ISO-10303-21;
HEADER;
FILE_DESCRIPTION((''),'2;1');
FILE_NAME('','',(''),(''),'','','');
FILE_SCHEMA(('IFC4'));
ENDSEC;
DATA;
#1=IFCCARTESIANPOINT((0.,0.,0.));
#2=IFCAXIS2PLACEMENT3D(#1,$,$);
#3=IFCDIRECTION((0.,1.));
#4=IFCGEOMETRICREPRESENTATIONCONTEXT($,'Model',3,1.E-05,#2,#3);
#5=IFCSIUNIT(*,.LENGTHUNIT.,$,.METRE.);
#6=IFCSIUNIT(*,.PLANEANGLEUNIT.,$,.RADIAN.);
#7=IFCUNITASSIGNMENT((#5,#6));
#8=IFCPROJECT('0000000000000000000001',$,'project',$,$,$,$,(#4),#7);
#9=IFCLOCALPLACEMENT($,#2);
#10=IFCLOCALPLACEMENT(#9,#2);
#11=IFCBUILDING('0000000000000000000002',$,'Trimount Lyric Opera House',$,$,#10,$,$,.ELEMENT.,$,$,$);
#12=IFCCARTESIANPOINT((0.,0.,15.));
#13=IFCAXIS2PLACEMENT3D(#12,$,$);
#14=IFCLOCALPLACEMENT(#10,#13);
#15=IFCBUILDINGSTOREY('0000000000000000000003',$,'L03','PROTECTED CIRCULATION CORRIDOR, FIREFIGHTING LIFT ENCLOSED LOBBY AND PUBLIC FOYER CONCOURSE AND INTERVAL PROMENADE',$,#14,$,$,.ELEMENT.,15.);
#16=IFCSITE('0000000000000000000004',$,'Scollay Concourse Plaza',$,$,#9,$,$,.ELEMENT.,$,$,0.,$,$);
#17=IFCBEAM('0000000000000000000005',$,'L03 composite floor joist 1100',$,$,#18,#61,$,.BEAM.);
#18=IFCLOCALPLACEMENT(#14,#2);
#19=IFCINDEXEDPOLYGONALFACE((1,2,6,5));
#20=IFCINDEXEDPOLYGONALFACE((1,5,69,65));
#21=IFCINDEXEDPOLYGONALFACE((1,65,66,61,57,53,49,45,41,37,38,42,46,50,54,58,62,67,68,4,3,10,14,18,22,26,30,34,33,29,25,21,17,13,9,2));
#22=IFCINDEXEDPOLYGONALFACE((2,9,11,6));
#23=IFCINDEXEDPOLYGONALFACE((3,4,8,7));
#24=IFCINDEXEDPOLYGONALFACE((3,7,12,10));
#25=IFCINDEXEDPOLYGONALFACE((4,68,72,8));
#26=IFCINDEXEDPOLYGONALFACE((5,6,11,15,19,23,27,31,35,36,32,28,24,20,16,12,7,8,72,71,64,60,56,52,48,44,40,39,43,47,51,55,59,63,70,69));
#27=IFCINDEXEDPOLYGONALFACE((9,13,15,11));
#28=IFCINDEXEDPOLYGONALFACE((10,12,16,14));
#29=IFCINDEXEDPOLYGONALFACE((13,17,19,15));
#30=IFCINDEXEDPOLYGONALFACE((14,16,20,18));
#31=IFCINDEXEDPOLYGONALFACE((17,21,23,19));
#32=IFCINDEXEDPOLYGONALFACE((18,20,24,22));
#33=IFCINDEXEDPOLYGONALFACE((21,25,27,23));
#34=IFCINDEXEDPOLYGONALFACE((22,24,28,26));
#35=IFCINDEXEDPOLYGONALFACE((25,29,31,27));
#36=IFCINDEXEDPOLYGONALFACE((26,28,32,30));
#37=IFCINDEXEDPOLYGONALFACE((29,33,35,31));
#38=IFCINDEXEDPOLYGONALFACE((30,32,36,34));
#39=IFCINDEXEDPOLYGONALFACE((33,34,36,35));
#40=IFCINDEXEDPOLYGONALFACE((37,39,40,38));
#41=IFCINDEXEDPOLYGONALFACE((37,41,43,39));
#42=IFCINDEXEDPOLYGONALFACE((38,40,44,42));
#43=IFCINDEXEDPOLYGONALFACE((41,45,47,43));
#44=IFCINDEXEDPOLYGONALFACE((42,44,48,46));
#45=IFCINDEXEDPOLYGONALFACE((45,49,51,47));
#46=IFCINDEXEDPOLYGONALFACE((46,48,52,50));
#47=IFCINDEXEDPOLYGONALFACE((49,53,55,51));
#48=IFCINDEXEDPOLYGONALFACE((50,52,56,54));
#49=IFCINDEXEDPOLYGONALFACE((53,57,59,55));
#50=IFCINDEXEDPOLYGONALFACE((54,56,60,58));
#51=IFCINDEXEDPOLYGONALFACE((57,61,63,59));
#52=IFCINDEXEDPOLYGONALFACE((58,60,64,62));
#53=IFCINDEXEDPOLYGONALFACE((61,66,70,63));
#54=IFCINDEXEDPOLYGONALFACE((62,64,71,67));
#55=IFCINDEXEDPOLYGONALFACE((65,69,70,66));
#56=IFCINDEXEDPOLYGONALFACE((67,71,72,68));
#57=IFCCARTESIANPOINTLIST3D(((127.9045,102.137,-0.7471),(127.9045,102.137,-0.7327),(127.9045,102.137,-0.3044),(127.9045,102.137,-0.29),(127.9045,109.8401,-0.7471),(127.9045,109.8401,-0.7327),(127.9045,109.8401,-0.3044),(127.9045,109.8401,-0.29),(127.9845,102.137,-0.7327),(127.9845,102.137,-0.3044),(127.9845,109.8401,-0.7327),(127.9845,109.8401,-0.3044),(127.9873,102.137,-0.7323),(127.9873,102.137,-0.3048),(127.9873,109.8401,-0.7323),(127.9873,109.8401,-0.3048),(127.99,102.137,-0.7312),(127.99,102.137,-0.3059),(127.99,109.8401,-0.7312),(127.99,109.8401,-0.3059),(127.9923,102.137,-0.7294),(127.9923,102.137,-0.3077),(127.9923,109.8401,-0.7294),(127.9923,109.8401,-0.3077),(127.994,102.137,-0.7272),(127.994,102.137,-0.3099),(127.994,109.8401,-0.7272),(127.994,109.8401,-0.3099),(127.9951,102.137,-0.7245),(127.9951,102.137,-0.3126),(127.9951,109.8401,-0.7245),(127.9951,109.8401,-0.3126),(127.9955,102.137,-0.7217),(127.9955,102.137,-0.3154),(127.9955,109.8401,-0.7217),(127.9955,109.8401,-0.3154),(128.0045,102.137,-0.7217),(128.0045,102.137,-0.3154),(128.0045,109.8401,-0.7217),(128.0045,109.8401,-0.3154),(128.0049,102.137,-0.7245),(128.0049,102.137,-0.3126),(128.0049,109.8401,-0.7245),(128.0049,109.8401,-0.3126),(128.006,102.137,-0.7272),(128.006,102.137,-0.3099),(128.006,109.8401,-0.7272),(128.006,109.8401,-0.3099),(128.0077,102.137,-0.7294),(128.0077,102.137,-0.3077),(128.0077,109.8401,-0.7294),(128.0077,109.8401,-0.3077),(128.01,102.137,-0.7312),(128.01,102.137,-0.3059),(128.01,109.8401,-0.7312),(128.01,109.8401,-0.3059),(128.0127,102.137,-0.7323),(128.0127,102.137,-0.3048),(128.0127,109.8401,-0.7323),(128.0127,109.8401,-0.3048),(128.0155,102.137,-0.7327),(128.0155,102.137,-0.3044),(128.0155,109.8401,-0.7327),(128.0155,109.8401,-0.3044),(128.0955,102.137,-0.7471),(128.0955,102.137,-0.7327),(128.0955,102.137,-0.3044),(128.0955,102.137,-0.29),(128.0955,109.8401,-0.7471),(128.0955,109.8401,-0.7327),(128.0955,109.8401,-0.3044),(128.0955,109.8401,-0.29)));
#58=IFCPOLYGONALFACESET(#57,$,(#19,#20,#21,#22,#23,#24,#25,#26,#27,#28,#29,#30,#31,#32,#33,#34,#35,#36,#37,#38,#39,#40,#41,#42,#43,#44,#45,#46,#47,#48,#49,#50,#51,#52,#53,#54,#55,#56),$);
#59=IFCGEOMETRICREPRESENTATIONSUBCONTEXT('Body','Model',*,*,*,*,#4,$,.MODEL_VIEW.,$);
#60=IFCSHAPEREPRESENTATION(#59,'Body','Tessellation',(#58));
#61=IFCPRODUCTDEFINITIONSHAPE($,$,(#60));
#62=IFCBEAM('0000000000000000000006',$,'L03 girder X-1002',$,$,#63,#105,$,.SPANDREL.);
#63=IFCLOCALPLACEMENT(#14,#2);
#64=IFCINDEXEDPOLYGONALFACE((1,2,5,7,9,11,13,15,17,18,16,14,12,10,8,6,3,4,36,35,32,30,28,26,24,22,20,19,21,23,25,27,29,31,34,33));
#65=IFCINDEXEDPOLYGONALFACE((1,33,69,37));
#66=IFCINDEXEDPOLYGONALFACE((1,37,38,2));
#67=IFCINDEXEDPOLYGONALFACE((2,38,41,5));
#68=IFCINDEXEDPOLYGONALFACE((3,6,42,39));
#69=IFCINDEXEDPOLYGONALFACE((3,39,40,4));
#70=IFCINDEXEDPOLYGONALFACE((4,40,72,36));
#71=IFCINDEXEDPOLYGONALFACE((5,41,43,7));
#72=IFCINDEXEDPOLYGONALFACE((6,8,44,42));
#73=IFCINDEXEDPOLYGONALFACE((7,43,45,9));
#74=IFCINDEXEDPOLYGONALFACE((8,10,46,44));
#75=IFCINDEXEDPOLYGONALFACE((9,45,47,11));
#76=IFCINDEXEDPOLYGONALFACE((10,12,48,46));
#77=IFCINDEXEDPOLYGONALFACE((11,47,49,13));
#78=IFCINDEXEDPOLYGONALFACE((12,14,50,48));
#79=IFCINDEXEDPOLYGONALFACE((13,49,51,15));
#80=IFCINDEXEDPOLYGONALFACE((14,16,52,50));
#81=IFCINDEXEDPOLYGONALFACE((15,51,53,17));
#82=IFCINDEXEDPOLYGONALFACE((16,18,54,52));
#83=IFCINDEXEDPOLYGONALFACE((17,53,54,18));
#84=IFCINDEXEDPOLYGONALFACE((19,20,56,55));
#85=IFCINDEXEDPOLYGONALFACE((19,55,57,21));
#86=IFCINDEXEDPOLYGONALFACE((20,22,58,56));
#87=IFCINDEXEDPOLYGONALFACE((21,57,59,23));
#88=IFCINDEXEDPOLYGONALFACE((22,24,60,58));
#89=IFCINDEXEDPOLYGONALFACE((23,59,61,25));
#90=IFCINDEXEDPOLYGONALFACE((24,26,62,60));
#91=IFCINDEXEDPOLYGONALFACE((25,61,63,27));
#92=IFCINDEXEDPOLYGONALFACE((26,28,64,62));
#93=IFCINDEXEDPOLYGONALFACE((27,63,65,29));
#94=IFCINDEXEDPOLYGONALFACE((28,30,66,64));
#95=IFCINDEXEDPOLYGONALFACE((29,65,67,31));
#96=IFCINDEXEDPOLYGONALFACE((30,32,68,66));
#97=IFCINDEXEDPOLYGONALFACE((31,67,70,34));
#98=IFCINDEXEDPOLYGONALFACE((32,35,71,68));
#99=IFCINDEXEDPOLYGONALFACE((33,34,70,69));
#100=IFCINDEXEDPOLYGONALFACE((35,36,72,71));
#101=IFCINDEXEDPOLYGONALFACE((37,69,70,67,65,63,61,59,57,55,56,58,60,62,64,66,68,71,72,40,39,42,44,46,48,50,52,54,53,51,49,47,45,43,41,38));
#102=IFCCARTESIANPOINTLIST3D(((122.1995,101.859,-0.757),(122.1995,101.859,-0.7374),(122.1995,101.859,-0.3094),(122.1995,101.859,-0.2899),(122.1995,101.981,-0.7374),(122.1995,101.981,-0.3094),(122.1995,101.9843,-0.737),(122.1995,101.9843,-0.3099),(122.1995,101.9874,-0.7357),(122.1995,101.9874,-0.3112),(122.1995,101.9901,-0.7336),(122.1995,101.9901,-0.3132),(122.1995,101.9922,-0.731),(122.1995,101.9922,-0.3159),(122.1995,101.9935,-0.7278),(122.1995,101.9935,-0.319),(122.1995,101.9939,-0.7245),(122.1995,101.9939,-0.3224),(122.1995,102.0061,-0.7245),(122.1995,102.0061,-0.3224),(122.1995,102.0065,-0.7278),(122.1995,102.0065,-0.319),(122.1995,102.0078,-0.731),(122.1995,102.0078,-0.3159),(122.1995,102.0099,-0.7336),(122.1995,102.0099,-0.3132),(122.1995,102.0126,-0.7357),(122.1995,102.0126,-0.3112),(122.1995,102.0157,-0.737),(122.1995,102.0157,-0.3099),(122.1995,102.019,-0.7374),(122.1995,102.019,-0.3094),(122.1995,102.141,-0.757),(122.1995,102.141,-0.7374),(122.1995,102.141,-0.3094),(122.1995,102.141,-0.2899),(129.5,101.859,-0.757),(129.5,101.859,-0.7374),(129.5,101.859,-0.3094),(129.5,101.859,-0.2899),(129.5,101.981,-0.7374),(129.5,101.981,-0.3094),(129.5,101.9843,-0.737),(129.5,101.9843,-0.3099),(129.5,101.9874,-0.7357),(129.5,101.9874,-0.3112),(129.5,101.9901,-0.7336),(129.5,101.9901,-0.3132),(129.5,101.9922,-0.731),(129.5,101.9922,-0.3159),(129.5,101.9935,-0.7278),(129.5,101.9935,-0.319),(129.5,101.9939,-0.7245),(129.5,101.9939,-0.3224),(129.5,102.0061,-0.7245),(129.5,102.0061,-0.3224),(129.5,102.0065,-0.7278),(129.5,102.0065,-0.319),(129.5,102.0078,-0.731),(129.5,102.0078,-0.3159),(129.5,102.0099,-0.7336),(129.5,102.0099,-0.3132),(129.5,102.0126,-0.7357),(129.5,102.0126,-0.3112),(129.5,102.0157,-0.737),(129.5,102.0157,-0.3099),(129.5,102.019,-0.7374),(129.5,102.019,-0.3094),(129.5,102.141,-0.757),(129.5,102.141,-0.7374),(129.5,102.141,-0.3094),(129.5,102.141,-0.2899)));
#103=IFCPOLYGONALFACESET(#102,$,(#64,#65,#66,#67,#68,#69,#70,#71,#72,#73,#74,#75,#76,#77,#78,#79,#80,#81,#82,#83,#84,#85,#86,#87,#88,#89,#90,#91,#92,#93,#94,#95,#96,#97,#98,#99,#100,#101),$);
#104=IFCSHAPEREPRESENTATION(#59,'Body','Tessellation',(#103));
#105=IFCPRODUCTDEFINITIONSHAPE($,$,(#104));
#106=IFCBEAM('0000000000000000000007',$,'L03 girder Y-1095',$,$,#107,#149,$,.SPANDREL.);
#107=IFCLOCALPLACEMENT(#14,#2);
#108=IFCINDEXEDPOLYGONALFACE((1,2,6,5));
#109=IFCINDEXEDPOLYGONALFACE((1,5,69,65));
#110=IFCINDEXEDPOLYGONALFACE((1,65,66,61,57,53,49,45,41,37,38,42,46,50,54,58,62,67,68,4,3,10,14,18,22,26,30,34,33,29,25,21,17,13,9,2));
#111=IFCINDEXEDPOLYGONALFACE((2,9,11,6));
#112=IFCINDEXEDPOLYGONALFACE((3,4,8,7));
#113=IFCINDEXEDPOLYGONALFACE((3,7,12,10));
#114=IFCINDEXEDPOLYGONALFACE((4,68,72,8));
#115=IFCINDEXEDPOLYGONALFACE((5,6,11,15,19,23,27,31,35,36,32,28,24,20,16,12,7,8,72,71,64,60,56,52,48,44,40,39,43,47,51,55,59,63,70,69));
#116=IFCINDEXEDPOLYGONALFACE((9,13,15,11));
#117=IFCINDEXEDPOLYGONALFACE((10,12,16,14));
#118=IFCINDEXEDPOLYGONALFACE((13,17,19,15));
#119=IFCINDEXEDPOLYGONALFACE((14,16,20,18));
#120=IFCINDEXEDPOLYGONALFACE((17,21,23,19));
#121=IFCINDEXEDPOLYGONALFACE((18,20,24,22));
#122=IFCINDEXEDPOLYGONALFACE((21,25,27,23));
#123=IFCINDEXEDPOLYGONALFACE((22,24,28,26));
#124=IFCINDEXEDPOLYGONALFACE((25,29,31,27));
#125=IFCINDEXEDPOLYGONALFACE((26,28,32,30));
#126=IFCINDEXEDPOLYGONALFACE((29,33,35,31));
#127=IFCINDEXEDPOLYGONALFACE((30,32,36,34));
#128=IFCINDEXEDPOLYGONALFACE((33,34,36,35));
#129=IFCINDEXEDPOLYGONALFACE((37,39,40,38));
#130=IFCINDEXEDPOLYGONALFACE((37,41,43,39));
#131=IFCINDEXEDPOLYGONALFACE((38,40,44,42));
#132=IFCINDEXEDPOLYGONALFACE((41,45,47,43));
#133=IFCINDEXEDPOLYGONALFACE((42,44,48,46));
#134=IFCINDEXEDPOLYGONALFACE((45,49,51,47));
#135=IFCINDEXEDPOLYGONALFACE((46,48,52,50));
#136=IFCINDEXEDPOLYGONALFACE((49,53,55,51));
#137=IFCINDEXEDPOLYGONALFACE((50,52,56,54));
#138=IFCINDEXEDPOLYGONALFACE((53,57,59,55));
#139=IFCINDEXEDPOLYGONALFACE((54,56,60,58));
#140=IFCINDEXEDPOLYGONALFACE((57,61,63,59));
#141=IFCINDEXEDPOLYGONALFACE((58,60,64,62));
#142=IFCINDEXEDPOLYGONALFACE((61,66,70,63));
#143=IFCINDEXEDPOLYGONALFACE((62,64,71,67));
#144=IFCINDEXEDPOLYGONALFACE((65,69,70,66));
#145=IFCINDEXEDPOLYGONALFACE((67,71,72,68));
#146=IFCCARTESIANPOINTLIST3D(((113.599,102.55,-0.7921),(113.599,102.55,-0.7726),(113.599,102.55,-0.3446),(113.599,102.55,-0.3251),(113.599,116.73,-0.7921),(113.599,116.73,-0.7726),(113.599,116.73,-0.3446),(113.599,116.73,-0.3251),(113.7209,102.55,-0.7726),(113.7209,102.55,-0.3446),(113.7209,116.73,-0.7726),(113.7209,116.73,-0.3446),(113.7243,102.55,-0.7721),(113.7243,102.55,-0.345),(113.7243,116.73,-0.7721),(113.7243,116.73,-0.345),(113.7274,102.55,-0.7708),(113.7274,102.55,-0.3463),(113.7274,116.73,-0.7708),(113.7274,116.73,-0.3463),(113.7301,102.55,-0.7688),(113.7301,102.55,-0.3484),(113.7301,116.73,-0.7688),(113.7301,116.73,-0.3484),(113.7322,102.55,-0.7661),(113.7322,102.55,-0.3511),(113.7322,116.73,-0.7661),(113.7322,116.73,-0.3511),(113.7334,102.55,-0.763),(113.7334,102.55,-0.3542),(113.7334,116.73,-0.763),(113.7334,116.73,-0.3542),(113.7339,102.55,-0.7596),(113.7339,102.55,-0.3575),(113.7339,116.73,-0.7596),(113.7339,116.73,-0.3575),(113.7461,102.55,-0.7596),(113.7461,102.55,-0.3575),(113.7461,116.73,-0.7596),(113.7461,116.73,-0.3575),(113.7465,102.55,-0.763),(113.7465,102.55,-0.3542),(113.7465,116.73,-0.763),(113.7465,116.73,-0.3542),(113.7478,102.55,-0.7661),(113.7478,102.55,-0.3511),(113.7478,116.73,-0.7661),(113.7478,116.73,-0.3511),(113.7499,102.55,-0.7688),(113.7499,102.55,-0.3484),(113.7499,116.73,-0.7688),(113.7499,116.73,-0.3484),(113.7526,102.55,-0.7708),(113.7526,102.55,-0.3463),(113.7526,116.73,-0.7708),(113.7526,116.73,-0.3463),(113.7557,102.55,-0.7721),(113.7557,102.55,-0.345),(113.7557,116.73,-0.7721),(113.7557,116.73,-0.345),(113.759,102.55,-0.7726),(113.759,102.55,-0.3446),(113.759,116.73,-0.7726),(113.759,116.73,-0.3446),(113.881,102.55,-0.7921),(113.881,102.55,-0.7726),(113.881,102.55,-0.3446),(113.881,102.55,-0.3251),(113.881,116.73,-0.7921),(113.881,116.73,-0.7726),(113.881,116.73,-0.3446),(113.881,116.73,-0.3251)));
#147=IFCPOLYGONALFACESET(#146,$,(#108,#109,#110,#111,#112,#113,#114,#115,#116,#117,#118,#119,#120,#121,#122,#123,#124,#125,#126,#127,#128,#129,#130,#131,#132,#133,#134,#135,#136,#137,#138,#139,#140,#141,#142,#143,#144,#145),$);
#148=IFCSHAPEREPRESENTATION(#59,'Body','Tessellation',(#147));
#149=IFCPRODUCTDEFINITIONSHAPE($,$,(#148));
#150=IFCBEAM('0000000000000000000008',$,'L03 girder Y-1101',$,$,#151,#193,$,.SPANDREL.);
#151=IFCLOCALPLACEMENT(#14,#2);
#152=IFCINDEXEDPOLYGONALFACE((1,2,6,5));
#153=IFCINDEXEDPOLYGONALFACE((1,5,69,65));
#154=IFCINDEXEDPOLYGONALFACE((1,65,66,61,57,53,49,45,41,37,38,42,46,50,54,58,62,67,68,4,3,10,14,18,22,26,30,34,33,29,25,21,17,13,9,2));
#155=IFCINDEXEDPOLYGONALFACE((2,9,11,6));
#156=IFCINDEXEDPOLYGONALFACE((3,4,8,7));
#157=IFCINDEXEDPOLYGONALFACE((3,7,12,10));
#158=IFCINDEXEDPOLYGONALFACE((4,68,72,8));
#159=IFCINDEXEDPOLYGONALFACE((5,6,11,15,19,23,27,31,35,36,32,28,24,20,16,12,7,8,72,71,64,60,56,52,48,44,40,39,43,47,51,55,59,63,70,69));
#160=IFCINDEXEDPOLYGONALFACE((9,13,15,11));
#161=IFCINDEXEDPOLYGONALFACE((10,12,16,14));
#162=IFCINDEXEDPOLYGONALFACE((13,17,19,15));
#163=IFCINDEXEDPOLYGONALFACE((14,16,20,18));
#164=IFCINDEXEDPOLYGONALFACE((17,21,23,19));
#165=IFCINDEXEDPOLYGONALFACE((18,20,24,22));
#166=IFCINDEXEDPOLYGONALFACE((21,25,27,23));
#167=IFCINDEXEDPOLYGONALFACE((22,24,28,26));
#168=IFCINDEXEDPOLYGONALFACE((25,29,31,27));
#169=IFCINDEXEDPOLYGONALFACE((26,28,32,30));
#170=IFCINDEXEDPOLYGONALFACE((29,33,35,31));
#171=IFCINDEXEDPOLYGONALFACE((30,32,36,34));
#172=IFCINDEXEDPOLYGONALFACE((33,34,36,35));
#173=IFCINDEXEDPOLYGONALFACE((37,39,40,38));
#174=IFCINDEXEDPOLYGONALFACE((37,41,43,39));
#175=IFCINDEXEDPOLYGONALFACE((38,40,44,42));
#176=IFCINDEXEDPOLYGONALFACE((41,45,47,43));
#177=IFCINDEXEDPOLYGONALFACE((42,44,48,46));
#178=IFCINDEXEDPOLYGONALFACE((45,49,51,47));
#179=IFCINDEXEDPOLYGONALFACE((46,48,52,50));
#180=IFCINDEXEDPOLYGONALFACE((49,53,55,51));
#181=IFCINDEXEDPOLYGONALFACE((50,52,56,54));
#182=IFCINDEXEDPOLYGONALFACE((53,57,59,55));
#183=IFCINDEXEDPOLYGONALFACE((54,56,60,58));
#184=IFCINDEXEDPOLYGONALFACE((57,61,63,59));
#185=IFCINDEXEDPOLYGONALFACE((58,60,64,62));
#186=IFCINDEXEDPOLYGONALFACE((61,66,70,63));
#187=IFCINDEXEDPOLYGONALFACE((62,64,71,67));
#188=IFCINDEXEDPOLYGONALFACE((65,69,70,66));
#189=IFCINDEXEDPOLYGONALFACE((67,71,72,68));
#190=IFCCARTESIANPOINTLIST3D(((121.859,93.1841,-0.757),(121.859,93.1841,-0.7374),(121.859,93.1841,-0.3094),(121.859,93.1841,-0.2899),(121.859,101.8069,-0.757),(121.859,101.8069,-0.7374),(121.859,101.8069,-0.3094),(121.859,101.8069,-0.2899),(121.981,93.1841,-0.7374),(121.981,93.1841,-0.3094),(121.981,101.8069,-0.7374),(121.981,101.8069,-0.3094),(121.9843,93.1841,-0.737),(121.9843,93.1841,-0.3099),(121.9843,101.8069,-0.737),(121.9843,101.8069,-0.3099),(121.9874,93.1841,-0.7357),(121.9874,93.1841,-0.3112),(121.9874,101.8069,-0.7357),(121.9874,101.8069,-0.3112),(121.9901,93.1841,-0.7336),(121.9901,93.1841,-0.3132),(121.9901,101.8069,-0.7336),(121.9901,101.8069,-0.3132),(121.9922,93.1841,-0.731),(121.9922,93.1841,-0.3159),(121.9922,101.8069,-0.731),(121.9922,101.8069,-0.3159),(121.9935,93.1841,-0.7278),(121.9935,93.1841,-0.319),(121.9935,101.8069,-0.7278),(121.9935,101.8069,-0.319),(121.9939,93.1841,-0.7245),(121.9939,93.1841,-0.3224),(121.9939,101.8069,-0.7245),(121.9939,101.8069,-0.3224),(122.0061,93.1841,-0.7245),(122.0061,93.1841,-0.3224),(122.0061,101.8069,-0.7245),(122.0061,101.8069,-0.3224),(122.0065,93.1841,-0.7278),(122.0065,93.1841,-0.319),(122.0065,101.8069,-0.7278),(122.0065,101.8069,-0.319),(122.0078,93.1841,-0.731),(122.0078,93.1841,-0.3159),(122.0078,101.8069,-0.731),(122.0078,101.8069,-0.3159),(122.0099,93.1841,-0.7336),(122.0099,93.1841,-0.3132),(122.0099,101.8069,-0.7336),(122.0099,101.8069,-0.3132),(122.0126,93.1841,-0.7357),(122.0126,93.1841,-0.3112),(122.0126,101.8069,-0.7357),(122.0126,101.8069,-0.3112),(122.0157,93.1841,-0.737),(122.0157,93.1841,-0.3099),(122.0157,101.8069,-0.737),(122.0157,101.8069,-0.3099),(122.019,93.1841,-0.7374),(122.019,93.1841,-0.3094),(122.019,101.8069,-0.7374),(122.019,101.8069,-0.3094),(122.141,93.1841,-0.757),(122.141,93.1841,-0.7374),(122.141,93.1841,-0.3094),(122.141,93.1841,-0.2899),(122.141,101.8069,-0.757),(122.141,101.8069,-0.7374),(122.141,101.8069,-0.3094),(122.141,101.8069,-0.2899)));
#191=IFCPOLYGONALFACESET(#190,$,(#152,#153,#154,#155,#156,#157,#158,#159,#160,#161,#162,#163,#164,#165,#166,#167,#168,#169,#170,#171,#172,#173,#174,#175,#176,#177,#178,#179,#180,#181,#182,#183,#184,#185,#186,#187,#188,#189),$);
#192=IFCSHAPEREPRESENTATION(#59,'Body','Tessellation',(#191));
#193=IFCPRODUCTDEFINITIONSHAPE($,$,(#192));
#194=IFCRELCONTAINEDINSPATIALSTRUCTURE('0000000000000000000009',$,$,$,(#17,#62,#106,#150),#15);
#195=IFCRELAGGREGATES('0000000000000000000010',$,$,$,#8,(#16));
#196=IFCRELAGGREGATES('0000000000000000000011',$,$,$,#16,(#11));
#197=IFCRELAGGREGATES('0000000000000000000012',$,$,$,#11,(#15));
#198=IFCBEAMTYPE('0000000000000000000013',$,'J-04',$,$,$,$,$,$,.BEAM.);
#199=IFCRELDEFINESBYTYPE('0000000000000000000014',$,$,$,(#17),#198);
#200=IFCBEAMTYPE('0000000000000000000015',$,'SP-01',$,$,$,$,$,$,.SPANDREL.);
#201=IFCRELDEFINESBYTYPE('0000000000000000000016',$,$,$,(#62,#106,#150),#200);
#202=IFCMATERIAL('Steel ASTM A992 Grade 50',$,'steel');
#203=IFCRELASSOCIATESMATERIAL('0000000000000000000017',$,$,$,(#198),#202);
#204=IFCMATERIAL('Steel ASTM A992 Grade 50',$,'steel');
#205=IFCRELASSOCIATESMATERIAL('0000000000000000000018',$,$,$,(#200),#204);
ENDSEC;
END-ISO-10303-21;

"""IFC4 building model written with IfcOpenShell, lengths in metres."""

from ifc_helpers import new_model, si_unit, direction, frame, origin, origin_2d, place, context, subcontext, project, spatial, i_section, extrude, material, material_profile, profile_set, type_object, element, save


model = new_model("IFC4")

# Units and contexts
model_context = context("Model", 3, precision=1e-05, world=origin(), true_north=direction((0.0, 1.0)))
body_context = subcontext(model_context, "Body", "Model", "MODEL_VIEW")
ifc_project = project(units=[si_unit("LENGTHUNIT", "METRE"), si_unit("PLANEANGLEUNIT", "RADIAN")], contexts=[model_context])

# Site, building, storey
site_placement = place(None, origin())
site = spatial("IfcSite", under=ifc_project, at=site_placement, Name="Scollay Concourse Plaza", CompositionType="ELEMENT", RefElevation=0.0)
building_placement = place(site_placement, origin())
building = spatial("IfcBuilding", under=site, at=building_placement, Name="Trimount Lyric Opera House", CompositionType="ELEMENT")
storey_placement = place(building_placement, frame((0.0, 0.0, 15.0)))
storey = spatial("IfcBuildingStorey", under=building, at=storey_placement, Name="L03", Description="PROTECTED CIRCULATION CORRIDOR, FIREFIGHTING LIFT ENCLOSED LOBBY AND PUBLIC FOYER CONCOURSE AND INTERVAL PROMENADE", CompositionType="ELEMENT", Elevation=15.0)

# Beams
ifc_material_1 = material(Name="Steel ASTM A992 Grade 50", Category="steel")
ifc_material_profile_1 = material_profile(ifc_material_1, i_section(OverallWidth=0.1909, OverallDepth=0.457, WebThickness=0.009, FlangeThickness=0.0144, FilletRadius=0.011, at=origin_2d()), Name="W18X50")
ifc_profile_set_1 = profile_set([ifc_material_profile_1], Name="Steel ASTM A992 Grade 50")
beam_type_1 = type_object("IfcBeamType", Name="J-04", PredefinedType="BEAM", material=ifc_profile_set_1)
beam_1_placement = place(storey_placement, frame((128.0, 102.137, -0.5186), z_axis=(0.0, 1.0, 0.0), x_axis=(-1.0, 0.0, 0.0)))
element("IfcBeam", 1, at=beam_1_placement, inside=storey, type_object=beam_type_1, Name="L03 composite floor joist 1100", PredefinedType="BEAM", context=body_context, shape_type="SweptSolid", body=[
    extrude(i_section(OverallWidth=0.1909, OverallDepth=0.457, WebThickness=0.009, FlangeThickness=0.0144, FilletRadius=0.011, at=origin_2d()), origin(), (0.0, 0.0, 1.0), 7.7031),
])
ifc_material_2 = material(Name="Steel ASTM A992 Grade 50", Category="steel")
ifc_material_profile_2 = material_profile(ifc_material_2, i_section(OverallWidth=0.282, OverallDepth=0.467, WebThickness=0.0122, FlangeThickness=0.0195, FilletRadius=0.0129, at=origin_2d()), Name="W18X86")
ifc_profile_set_2 = profile_set([ifc_material_profile_2], Name="Steel ASTM A992 Grade 50")
beam_type_2 = type_object("IfcBeamType", Name="SP-01", PredefinedType="SPANDREL", material=ifc_profile_set_2)
beam_2_placement = place(storey_placement, frame((122.1995, 102.0, -0.5234), z_axis=(1.0, 0.0, 0.0), x_axis=(0.0, 1.0, 0.0)))
element("IfcBeam", 2, at=beam_2_placement, inside=storey, type_object=beam_type_2, Name="L03 girder X-1002", PredefinedType="SPANDREL", context=body_context, shape_type="SweptSolid", body=[
    extrude(i_section(OverallWidth=0.282, OverallDepth=0.467, WebThickness=0.0122, FlangeThickness=0.0195, FilletRadius=0.0129, at=origin_2d()), origin(), (0.0, 0.0, 1.0), 7.3005),
])
beam_3_placement = place(storey_placement, frame((113.74, 102.55, -0.5586), z_axis=(0.0, 1.0, 0.0), x_axis=(-1.0, 0.0, 0.0)))
element("IfcBeam", 3, at=beam_3_placement, inside=storey, type_object=beam_type_2, Name="L03 girder Y-1095", PredefinedType="SPANDREL", context=body_context, shape_type="SweptSolid", body=[
    extrude(i_section(OverallWidth=0.282, OverallDepth=0.467, WebThickness=0.0122, FlangeThickness=0.0195, FilletRadius=0.0129, at=origin_2d()), origin(), (0.0, 0.0, 1.0), 14.1799),
])
beam_4_placement = place(storey_placement, frame((122.0, 93.1841, -0.5234), z_axis=(0.0, 1.0, 0.0), x_axis=(-1.0, 0.0, 0.0)))
element("IfcBeam", 4, at=beam_4_placement, inside=storey, type_object=beam_type_2, Name="L03 girder Y-1101", PredefinedType="SPANDREL", context=body_context, shape_type="SweptSolid", body=[
    extrude(i_section(OverallWidth=0.282, OverallDepth=0.467, WebThickness=0.0122, FlangeThickness=0.0195, FilletRadius=0.0129, at=origin_2d()), origin(), (0.0, 0.0, 1.0), 8.6228),
])

save(model, "model.ifc")
